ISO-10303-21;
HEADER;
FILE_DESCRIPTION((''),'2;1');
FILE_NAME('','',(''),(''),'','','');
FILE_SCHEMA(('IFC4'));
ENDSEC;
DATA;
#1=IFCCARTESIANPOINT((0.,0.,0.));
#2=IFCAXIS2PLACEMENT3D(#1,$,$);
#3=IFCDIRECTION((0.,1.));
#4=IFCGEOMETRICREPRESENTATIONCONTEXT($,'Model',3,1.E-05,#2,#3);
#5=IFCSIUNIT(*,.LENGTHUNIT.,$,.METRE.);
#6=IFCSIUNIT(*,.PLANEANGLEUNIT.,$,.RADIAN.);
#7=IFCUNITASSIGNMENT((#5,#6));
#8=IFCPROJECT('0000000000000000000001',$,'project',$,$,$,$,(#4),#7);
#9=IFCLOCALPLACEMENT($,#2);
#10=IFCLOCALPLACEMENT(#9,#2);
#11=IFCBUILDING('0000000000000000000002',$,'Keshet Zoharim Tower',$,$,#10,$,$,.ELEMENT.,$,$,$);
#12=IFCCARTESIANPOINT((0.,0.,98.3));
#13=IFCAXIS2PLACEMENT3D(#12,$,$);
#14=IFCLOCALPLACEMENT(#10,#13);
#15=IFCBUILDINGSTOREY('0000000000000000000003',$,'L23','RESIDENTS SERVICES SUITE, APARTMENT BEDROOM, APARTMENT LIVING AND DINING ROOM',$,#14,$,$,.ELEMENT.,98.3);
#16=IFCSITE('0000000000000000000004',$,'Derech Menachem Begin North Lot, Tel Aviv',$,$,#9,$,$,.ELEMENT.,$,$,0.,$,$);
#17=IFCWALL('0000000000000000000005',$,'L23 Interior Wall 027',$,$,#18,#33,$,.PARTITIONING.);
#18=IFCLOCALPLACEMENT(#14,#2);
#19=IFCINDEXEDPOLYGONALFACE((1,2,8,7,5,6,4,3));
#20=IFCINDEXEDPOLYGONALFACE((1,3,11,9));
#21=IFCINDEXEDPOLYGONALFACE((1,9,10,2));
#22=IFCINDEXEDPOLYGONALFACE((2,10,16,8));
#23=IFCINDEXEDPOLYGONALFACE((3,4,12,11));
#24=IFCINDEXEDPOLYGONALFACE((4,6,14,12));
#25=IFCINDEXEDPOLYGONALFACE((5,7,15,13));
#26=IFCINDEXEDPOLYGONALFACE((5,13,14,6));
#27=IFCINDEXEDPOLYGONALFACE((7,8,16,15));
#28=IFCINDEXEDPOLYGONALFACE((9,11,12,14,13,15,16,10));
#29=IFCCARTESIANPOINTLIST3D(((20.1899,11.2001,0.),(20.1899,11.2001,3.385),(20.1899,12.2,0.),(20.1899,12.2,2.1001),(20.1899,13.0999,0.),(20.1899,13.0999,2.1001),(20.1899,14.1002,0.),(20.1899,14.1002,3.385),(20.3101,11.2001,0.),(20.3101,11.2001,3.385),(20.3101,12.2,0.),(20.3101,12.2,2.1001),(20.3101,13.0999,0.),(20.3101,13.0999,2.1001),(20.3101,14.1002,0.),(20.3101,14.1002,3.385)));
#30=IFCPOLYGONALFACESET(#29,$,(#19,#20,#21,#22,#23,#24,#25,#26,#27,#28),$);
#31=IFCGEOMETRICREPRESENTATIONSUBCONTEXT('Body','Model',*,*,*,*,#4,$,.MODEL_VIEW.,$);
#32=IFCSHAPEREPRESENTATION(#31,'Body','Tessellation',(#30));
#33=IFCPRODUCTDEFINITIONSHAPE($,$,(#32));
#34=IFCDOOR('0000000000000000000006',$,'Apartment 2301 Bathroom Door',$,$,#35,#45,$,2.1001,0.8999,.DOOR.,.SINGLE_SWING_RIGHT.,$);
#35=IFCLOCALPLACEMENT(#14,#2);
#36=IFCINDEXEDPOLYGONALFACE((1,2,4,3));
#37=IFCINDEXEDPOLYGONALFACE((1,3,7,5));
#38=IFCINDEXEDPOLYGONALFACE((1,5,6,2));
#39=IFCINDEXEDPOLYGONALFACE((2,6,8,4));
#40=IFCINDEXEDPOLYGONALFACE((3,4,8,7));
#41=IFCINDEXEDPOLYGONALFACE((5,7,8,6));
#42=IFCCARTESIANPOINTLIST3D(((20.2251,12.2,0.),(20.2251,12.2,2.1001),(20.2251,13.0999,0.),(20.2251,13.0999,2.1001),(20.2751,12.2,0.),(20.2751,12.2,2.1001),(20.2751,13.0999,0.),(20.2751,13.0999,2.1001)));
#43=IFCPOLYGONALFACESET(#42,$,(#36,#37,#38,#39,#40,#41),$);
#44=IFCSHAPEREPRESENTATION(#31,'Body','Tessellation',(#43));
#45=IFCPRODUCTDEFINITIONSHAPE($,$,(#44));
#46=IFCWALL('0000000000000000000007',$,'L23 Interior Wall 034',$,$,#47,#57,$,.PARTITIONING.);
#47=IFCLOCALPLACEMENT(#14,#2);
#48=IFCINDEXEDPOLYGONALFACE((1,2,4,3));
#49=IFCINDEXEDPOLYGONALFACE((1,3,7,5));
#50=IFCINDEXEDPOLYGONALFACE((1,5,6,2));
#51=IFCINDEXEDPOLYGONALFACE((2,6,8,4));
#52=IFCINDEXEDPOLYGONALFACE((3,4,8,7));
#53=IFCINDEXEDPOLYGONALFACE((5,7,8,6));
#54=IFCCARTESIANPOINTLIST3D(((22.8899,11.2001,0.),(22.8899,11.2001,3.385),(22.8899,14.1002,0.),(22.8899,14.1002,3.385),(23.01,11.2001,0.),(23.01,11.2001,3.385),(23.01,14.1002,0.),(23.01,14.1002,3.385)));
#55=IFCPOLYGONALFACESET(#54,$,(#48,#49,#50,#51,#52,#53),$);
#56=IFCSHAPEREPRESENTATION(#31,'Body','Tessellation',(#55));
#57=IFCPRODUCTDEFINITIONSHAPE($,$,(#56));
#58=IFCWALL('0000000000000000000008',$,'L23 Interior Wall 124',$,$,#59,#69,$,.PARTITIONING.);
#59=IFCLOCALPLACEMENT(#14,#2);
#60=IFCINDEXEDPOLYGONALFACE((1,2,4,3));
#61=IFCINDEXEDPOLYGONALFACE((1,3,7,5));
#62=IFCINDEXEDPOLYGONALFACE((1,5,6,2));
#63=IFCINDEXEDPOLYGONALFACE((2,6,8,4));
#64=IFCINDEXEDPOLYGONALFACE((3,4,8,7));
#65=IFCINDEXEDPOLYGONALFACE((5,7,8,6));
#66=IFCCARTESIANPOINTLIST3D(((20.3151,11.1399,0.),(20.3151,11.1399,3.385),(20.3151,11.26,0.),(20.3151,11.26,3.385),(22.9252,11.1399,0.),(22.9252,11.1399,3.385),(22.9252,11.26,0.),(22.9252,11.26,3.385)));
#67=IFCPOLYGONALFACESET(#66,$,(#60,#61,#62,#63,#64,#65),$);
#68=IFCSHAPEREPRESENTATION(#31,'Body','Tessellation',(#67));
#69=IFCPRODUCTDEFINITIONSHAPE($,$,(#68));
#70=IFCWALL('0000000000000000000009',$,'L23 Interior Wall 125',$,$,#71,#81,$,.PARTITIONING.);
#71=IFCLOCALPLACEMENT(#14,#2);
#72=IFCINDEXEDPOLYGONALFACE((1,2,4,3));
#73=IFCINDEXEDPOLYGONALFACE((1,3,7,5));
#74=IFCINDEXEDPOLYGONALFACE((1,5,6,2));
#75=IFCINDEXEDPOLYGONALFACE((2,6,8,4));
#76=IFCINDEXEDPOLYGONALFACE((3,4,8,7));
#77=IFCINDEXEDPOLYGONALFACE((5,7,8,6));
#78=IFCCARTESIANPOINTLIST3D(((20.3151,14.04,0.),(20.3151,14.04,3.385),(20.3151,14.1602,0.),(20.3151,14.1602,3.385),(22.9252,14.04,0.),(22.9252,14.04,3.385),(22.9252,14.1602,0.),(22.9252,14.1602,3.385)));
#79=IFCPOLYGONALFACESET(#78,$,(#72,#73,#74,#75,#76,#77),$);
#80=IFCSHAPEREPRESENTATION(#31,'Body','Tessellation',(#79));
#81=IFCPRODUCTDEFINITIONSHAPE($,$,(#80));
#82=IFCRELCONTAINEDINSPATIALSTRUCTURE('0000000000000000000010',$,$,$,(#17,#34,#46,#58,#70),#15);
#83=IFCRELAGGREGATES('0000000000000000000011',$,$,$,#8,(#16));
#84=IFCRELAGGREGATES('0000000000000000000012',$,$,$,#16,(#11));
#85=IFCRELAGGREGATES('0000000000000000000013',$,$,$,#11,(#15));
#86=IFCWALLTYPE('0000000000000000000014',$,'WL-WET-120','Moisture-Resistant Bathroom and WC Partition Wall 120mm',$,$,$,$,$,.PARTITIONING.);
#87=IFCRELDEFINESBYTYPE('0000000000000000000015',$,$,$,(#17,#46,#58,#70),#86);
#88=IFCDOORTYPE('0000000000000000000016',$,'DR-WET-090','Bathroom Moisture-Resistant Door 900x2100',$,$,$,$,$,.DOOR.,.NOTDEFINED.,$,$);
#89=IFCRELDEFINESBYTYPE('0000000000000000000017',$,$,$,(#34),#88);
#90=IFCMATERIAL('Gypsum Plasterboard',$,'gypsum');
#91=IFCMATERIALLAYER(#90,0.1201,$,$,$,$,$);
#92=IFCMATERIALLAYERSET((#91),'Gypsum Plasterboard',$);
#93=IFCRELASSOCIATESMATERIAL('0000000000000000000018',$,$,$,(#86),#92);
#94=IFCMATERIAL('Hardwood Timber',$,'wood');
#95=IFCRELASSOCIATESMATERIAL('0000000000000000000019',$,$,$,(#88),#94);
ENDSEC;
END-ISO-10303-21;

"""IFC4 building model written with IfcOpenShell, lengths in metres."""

from ifc_helpers import new_model, si_unit, direction, frame, frame_2d, origin, place, context, subcontext, project, spatial, rectangle, extrude, material, layer, layer_set, type_object, element, fill, save


model = new_model("IFC4")

# Units and contexts
model_context = context("Model", 3, precision=1e-05, world=origin(), true_north=direction((0.0, 1.0)))
body_context = subcontext(model_context, "Body", "Model", "MODEL_VIEW")
ifc_project = project(units=[si_unit("LENGTHUNIT", "METRE"), si_unit("PLANEANGLEUNIT", "RADIAN")], contexts=[model_context])

# Site, building, storey
site_placement = place(None, origin())
site = spatial("IfcSite", under=ifc_project, at=site_placement, Name="Derech Menachem Begin North Lot, Tel Aviv", CompositionType="ELEMENT", RefElevation=0.0)
building_placement = place(site_placement, origin())
building = spatial("IfcBuilding", under=site, at=building_placement, Name="Keshet Zoharim Tower", CompositionType="ELEMENT")
storey_placement = place(building_placement, frame((0.0, 0.0, 98.3)))
storey = spatial("IfcBuildingStorey", under=building, at=storey_placement, Name="L23", Description="RESIDENTS SERVICES SUITE, APARTMENT BEDROOM, APARTMENT LIVING AND DINING ROOM", CompositionType="ELEMENT", Elevation=98.3)

# Shared definitions
ifc_material_1 = material(Name="Gypsum Plasterboard", Category="gypsum")

# Shared definitions
ifc_material_2 = material(Name="Hardwood Timber", Category="wood")

# Wall, opening, door
ifc_layer_1 = layer(ifc_material_1, 0.1201)
ifc_layer_set_1 = layer_set([ifc_layer_1], Name="Gypsum Plasterboard")
wall_type_1 = type_object("IfcWallType", Name="WL-WET-120", Description="Moisture-Resistant Bathroom and WC Partition Wall 120mm", PredefinedType="PARTITIONING", material=ifc_layer_set_1)
wall_1_placement = place(storey_placement, frame((20.25, 11.2, 0.0), z_axis=(0.0, 0.0, 1.0), x_axis=(0.0, 1.0, 0.0)))
wall_1 = element("IfcWall", 1, at=wall_1_placement, inside=storey, type_object=wall_type_1, Name="L23 Interior Wall 027", PredefinedType="PARTITIONING", context=body_context, shape_type="SweptSolid", body=[
    extrude(rectangle(XDim=2.9001, YDim=0.1201, at=frame_2d((1.4502, 0.0))), origin(), (0.0, 0.0, 1.0), 3.385),
])
opening_1_placement = place(wall_1_placement, frame((1.0, 0.0, 0.0)))
opening_1 = element("IfcOpeningElement", 2, at=opening_1_placement, cuts=wall_1, PredefinedType="OPENING", context=body_context, shape_type="SweptSolid", body=[
    extrude(rectangle(XDim=0.8999, YDim=2.1001, at=frame_2d((0.45, 1.05))), frame((0.0, 0.0701, 0.0), z_axis=(0.0, -1.0, 0.0), x_axis=(1.0, 0.0, 0.0)), (0.0, 0.0, 1.0), 0.1401),
])
door_type_1 = type_object("IfcDoorType", Name="DR-WET-090", Description="Bathroom Moisture-Resistant Door 900x2100", OperationType="NOTDEFINED", PredefinedType="DOOR", material=ifc_material_2)
door_1_placement = place(opening_1_placement, origin())
door_1 = element("IfcDoor", 3, at=door_1_placement, inside=storey, type_object=door_type_1, Name="Apartment 2301 Bathroom Door", OperationType="SINGLE_SWING_RIGHT", OverallHeight=2.1001, OverallWidth=0.8999, PredefinedType="DOOR", context=body_context, shape_type="SweptSolid", body=[
    extrude(rectangle(XDim=0.8999, YDim=2.1001, at=frame_2d((0.45, 1.05))), frame((0.0, 0.0249, 0.0), z_axis=(0.0, -1.0, 0.0), x_axis=(1.0, 0.0, 0.0)), (0.0, 0.0, 1.0), 0.05),
])
fill(opening_1, door_1)

# Walls
wall_2_placement = place(storey_placement, frame((22.95, 11.2, 0.0), z_axis=(0.0, 0.0, 1.0), x_axis=(0.0, 1.0, 0.0)))
element("IfcWall", 4, at=wall_2_placement, inside=storey, type_object=wall_type_1, Name="L23 Interior Wall 034", PredefinedType="PARTITIONING", context=body_context, shape_type="SweptSolid", body=[
    extrude(rectangle(XDim=2.9001, YDim=0.1201, at=frame_2d((1.4502, 0.0))), origin(), (0.0, 0.0, 1.0), 3.385),
])
for number, where, z_axis, x_axis, name in (
    (5, (20.3149, 11.2, 0.0), (0.0, 0.0, 1.0), (1.0, 0.0, 0.0), "L23 Interior Wall 124"),
    (6, (20.3149, 14.1001, 0.0), (0.0, 0.0, 1.0), (1.0, 0.0, 0.0), "L23 Interior Wall 125"),
):
    element("IfcWall", number, at=place(storey_placement, frame(where, z_axis=z_axis, x_axis=x_axis)), inside=storey, type_object=wall_type_1, Name=name, PredefinedType="PARTITIONING", context=body_context, shape_type="SweptSolid", body=[
        extrude(rectangle(XDim=2.6101, YDim=0.1201, at=frame_2d((1.3052, 0.0))), origin(), (0.0, 0.0, 1.0), 3.385),
    ])

save(model, "model.ifc")
